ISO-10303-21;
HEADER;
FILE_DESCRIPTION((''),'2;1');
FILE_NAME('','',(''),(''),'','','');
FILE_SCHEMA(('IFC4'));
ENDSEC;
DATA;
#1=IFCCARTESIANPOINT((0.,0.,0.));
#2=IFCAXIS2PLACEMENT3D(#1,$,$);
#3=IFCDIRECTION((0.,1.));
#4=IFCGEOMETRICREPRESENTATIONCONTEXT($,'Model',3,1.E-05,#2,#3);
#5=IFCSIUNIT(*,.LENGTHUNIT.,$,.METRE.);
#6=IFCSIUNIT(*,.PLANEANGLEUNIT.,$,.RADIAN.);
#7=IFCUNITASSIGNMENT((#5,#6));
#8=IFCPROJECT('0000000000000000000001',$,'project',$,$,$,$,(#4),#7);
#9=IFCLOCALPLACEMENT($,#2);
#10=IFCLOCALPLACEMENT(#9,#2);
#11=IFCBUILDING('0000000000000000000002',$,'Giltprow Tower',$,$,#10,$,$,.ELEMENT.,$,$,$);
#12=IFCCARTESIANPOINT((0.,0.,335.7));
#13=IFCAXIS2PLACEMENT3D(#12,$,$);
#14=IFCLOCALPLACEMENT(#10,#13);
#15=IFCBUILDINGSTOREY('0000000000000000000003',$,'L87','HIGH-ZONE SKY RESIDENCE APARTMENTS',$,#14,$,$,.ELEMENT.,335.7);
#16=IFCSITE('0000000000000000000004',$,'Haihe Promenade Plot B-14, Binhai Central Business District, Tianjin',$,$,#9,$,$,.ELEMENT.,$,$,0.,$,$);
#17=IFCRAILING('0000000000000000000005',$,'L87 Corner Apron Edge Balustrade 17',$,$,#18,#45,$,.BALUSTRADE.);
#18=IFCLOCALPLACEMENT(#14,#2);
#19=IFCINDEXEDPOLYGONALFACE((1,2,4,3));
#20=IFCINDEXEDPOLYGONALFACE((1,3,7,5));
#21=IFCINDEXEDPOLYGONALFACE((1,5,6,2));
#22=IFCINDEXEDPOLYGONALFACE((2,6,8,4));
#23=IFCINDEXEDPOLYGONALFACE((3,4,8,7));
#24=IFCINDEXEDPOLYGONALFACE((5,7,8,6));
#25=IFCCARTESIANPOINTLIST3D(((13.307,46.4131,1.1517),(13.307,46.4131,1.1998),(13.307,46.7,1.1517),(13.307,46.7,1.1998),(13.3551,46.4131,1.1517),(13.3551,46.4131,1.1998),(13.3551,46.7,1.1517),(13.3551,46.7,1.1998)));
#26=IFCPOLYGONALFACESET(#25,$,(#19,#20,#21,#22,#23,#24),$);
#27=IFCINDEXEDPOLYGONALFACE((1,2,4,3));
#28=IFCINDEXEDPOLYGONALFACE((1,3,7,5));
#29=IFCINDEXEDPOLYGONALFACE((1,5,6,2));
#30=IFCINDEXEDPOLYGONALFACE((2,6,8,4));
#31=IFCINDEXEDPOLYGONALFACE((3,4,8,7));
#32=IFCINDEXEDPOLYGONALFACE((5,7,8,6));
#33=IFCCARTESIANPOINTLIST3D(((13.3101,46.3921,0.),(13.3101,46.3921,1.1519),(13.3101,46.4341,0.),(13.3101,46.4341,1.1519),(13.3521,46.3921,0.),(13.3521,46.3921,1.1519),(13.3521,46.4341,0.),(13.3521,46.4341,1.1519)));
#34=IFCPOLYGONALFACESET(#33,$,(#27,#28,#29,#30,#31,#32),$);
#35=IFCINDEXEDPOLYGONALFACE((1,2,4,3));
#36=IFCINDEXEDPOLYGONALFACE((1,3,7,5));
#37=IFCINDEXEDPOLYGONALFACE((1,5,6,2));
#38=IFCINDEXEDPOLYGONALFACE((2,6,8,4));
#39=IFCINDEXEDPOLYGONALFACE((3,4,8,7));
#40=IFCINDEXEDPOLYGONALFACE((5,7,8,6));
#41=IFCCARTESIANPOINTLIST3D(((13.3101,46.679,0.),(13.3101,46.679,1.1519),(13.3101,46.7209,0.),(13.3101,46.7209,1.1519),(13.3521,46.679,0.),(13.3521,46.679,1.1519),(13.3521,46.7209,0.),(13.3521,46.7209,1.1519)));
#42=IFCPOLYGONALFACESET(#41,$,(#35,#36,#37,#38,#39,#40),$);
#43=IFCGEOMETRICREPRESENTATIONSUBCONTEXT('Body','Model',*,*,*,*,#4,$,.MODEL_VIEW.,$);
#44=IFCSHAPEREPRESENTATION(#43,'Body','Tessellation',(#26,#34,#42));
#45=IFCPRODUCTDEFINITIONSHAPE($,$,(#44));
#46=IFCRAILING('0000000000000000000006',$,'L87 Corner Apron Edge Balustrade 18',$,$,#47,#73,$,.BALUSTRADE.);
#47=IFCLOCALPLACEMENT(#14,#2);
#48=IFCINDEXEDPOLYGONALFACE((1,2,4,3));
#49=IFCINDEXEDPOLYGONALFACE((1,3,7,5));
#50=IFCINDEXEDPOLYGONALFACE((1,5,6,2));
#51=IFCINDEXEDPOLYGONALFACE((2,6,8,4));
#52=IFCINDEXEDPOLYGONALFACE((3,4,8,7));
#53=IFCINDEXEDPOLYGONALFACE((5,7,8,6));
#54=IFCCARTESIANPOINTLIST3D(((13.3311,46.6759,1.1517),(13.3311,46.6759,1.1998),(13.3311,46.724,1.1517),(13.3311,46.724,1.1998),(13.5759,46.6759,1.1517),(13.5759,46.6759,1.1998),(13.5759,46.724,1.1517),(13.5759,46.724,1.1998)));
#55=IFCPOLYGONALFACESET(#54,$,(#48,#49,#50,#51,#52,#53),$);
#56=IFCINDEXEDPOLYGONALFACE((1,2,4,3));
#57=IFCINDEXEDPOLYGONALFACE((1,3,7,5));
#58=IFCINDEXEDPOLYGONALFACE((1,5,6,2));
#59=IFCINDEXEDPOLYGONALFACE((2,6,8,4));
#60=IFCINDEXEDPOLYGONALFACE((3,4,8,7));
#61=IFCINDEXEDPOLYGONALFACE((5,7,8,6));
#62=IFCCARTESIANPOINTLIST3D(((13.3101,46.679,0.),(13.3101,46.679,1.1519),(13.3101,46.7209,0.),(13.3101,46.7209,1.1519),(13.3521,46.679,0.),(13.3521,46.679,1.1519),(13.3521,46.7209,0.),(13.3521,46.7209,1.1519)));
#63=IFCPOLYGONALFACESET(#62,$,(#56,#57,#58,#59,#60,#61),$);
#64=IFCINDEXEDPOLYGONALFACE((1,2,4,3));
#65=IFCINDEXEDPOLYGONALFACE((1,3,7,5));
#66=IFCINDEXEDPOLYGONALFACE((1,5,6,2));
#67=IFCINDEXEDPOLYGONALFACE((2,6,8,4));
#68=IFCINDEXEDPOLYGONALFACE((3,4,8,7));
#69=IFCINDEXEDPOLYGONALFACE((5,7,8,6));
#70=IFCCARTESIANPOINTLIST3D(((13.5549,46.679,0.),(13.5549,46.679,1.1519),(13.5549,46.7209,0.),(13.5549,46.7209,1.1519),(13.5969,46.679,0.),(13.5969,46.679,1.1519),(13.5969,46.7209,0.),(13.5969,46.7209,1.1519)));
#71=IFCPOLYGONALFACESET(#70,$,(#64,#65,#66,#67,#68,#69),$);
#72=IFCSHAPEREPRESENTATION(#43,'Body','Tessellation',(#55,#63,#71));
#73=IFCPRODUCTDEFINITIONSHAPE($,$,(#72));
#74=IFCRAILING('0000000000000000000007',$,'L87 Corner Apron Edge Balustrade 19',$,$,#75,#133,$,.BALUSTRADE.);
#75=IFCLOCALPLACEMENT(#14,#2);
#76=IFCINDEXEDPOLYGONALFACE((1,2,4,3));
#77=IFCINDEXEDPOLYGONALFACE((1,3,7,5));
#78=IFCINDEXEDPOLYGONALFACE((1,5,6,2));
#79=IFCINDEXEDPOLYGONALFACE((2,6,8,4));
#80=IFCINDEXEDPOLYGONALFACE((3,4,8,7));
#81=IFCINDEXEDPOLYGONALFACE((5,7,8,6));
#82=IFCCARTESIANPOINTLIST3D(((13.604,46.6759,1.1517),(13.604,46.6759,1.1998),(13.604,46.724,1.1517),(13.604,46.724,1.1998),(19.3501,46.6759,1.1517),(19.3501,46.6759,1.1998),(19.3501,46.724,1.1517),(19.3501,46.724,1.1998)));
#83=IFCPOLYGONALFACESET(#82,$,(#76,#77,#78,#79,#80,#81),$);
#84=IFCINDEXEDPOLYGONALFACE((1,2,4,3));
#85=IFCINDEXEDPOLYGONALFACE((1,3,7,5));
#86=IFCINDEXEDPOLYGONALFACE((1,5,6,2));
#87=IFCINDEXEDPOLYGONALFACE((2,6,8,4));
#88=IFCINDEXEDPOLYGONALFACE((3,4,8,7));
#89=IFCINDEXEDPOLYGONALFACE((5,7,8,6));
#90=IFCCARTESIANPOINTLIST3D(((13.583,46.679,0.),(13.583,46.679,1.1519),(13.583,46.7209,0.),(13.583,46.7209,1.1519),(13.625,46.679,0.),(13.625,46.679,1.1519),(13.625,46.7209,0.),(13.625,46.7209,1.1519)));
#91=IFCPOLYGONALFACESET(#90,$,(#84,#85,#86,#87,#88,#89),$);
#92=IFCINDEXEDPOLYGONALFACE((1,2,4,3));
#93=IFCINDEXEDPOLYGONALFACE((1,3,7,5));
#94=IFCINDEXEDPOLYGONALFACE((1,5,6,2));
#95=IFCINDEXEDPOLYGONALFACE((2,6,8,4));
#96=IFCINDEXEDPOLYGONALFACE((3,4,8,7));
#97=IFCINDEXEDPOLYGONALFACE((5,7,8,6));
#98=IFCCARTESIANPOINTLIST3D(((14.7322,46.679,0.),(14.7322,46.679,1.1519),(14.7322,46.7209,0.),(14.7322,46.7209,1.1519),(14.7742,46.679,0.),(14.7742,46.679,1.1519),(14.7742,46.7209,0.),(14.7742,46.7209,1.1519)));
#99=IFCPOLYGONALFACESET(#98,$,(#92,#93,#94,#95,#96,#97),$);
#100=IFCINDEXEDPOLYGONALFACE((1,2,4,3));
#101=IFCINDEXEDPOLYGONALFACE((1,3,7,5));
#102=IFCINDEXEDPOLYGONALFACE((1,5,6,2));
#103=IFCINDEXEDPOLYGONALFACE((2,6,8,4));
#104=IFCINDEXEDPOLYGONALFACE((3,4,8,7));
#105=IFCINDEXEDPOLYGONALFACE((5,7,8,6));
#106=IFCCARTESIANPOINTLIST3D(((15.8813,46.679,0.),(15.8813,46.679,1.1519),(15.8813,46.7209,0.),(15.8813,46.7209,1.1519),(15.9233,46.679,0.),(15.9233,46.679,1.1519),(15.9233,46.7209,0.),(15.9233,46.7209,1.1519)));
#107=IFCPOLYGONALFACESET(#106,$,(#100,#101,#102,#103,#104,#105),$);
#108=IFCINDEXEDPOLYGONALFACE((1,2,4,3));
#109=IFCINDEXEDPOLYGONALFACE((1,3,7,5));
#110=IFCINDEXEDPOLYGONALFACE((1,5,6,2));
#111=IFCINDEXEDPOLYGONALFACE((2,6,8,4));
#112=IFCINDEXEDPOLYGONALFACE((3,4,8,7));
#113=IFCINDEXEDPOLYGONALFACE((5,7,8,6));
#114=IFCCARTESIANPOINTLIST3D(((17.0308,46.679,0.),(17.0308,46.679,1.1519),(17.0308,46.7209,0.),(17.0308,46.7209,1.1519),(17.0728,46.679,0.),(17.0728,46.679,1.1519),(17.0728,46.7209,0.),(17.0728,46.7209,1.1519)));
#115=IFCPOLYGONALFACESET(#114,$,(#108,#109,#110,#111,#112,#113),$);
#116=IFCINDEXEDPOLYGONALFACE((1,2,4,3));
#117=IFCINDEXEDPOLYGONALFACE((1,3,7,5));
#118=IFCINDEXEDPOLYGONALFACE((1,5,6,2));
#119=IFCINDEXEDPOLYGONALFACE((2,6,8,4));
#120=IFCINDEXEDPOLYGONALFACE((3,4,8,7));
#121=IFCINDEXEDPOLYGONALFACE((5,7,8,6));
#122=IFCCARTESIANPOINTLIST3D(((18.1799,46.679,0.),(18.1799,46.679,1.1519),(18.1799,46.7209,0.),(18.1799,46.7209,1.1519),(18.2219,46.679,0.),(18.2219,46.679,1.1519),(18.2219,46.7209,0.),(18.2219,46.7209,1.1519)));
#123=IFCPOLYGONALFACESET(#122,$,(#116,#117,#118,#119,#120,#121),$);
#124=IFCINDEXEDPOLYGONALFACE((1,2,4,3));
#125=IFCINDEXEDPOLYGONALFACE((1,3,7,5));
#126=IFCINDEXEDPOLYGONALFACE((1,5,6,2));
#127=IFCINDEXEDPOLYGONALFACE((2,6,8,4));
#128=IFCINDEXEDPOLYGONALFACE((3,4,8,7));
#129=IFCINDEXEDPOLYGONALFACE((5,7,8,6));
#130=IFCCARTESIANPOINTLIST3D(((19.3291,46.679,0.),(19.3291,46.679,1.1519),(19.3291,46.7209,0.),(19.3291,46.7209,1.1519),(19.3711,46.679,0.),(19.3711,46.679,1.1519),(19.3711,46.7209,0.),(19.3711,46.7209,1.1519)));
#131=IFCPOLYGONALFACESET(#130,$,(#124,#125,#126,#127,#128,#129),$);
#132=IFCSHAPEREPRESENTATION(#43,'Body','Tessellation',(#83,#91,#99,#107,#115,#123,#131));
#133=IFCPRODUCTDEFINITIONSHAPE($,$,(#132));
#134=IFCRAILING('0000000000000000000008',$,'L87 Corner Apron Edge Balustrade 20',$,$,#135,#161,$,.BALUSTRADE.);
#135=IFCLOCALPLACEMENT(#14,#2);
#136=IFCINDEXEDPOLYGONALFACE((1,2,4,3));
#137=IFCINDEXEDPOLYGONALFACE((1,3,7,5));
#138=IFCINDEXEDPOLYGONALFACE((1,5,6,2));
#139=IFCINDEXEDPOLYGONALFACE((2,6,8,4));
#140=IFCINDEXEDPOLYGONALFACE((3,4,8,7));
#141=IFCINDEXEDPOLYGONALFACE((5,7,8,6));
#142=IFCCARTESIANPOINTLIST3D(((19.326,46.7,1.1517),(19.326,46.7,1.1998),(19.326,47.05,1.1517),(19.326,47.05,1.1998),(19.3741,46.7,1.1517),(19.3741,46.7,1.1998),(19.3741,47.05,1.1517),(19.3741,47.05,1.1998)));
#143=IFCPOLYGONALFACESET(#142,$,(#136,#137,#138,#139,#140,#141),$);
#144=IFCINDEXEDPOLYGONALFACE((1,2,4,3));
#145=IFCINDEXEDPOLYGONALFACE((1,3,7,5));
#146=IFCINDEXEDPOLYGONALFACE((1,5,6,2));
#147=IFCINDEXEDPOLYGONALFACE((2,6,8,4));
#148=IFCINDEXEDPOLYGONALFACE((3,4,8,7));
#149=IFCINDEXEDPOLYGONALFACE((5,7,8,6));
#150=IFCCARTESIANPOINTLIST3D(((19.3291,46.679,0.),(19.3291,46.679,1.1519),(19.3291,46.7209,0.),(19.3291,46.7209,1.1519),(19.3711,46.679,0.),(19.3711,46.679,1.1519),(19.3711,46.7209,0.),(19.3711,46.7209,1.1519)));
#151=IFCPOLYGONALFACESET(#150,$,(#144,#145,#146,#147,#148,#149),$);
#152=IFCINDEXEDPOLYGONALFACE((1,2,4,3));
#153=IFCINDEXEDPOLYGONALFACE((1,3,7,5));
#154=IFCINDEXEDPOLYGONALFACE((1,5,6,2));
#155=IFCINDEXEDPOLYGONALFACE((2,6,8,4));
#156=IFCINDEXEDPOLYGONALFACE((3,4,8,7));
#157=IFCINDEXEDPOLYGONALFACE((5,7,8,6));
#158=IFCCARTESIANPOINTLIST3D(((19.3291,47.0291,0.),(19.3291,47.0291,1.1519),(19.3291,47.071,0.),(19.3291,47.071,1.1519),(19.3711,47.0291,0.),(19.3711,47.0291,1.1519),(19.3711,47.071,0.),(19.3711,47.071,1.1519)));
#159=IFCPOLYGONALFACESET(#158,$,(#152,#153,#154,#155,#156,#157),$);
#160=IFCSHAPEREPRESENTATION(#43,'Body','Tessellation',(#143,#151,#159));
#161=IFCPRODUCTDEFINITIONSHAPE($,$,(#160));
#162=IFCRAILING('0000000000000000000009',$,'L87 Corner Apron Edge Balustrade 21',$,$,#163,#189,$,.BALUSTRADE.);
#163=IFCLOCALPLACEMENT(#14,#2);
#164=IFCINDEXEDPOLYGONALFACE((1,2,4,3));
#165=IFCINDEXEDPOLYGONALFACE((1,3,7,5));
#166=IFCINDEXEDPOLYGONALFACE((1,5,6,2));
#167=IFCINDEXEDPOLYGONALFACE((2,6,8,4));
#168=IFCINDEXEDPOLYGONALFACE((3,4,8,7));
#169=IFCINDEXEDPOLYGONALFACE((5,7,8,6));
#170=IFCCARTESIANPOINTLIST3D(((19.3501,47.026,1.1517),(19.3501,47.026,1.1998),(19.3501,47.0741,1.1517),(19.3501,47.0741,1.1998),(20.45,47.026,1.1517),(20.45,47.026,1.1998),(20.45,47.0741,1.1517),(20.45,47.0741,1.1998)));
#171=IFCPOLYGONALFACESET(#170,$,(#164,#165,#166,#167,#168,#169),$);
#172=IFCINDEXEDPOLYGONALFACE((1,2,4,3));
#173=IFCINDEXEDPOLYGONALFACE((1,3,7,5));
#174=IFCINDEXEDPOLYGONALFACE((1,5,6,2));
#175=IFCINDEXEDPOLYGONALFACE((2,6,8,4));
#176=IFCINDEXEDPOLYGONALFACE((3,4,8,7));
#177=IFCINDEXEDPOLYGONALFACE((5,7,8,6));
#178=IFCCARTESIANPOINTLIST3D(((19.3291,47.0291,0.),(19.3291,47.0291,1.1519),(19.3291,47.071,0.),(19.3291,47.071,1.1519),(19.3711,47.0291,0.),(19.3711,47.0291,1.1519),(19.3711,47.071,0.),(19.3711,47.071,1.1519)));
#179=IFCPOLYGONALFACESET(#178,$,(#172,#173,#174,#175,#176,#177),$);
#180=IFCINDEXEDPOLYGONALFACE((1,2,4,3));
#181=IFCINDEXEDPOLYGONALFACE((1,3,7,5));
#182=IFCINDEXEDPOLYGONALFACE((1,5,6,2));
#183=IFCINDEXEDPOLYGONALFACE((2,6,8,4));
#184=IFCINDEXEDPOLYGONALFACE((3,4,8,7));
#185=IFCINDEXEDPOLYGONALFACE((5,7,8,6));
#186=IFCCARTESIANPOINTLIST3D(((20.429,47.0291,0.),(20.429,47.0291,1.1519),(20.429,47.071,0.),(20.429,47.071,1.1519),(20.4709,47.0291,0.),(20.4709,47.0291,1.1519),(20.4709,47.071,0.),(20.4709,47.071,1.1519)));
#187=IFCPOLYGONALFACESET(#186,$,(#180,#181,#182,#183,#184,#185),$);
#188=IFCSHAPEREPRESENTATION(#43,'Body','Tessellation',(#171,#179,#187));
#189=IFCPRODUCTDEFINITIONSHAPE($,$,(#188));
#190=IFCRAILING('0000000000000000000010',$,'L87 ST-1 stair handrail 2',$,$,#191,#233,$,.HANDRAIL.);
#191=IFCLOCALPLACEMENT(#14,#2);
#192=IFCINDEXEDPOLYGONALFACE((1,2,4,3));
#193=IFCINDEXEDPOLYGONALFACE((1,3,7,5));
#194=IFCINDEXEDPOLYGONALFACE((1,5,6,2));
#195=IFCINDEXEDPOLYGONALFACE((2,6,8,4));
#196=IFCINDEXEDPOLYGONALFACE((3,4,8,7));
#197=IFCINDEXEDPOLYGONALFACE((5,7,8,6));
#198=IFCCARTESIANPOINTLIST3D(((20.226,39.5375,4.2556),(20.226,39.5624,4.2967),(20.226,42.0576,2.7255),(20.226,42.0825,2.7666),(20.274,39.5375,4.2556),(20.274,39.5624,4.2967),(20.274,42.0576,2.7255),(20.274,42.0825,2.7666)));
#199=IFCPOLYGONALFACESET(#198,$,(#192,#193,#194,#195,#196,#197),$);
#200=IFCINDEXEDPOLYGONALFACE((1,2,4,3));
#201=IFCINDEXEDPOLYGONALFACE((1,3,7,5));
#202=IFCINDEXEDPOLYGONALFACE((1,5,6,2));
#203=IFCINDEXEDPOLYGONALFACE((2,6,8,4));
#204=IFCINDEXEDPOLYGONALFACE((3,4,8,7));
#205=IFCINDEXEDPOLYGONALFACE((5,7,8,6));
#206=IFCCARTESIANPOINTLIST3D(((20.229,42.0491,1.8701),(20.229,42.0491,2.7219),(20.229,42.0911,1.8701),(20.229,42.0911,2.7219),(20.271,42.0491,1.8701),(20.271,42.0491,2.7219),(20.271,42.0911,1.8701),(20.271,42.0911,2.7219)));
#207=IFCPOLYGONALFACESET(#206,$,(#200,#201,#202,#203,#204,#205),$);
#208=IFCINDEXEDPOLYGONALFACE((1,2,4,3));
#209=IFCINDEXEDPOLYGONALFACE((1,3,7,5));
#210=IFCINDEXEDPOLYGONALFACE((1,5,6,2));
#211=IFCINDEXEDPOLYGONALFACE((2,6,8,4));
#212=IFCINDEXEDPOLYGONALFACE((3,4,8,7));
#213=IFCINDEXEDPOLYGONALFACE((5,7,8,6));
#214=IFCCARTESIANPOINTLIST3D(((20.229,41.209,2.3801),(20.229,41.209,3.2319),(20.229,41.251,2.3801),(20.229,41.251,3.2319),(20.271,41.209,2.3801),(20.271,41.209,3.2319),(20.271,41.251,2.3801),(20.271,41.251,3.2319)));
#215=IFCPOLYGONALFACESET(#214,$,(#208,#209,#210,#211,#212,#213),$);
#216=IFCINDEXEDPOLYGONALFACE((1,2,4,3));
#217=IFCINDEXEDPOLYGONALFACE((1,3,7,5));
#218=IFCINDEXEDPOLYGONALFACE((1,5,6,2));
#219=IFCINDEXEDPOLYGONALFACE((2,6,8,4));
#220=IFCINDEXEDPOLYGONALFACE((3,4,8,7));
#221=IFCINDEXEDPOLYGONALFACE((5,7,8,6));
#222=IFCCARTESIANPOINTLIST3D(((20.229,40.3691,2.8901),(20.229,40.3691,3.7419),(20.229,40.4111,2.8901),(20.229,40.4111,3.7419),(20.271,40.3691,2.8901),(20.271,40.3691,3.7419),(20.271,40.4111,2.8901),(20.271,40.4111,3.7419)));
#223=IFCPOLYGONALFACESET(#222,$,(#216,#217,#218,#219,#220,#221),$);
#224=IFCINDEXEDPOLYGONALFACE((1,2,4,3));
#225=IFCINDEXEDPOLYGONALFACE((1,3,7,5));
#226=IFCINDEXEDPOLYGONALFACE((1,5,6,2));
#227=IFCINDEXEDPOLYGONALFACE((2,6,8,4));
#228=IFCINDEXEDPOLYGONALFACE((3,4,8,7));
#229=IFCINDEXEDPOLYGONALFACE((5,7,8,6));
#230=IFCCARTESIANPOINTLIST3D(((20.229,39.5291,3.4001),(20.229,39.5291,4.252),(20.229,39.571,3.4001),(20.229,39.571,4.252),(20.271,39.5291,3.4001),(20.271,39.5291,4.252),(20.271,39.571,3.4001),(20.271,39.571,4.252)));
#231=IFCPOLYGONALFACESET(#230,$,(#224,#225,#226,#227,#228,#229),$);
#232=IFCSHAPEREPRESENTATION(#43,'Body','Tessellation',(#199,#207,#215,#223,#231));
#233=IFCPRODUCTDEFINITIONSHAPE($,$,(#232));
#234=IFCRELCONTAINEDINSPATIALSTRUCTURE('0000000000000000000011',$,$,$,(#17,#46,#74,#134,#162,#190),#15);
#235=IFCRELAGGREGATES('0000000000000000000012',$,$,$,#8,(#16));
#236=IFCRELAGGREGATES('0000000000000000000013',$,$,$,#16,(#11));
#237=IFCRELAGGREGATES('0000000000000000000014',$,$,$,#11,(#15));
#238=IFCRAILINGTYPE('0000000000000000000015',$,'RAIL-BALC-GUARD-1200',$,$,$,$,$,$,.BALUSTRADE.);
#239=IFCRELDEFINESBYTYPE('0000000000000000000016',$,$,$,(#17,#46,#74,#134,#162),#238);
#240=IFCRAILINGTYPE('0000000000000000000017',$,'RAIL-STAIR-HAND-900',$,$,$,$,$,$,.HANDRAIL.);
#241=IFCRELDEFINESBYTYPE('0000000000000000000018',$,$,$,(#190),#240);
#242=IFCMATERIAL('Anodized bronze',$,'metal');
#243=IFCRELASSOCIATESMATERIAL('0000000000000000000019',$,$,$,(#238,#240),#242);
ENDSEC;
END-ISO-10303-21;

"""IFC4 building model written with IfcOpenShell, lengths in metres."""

from ifc_helpers import new_model, si_unit, direction, frame, origin, origin_2d, place, context, subcontext, project, spatial, rectangle, extrude, material, type_object, element, save


model = new_model("IFC4")

# Units and contexts
model_context = context("Model", 3, precision=1e-05, world=origin(), true_north=direction((0.0, 1.0)))
body_context = subcontext(model_context, "Body", "Model", "MODEL_VIEW")
ifc_project = project(units=[si_unit("LENGTHUNIT", "METRE"), si_unit("PLANEANGLEUNIT", "RADIAN")], contexts=[model_context])

# Site, building, storey
site_placement = place(None, origin())
site = spatial("IfcSite", under=ifc_project, at=site_placement, Name="Haihe Promenade Plot B-14, Binhai Central Business District, Tianjin", CompositionType="ELEMENT", RefElevation=0.0)
building_placement = place(site_placement, origin())
building = spatial("IfcBuilding", under=site, at=building_placement, Name="Giltprow Tower", CompositionType="ELEMENT")
storey_placement = place(building_placement, frame((0.0, 0.0, 335.7)))
storey = spatial("IfcBuildingStorey", under=building, at=storey_placement, Name="L87", Description="HIGH-ZONE SKY RESIDENCE APARTMENTS", CompositionType="ELEMENT", Elevation=335.7)

# Railings
ifc_material_1 = material(Name="Anodized bronze", Category="metal")
railing_type_1 = type_object("IfcRailingType", Name="RAIL-BALC-GUARD-1200", PredefinedType="BALUSTRADE", material=ifc_material_1)
railing_1_placement = place(storey_placement, frame((13.3311, 46.4131, 0.0)))
element("IfcRailing", 1, at=railing_1_placement, inside=storey, type_object=railing_type_1, Name="L87 Corner Apron Edge Balustrade 17", PredefinedType="BALUSTRADE", context=body_context, shape_type="SweptSolid", body=[
    extrude(rectangle(XDim=0.0481, YDim=0.0481, at=origin_2d()), frame((0.0, 0.0, 1.1758), z_axis=(0.0, 1.0, 0.0), x_axis=(-1.0, 0.0, 0.0)), (0.0, 0.0, 1.0), 0.2869),
    extrude(rectangle(XDim=0.042, YDim=0.042, at=origin_2d()), origin(), (0.0, 0.0, 1.0), 1.1519),
    extrude(rectangle(XDim=0.042, YDim=0.042, at=origin_2d()), frame((0.0, 0.2869, 0.0)), (0.0, 0.0, 1.0), 1.1519),
])
railing_2_placement = place(storey_placement, frame((13.3311, 46.7, 0.0)))
element("IfcRailing", 2, at=railing_2_placement, inside=storey, type_object=railing_type_1, Name="L87 Corner Apron Edge Balustrade 18", PredefinedType="BALUSTRADE", context=body_context, shape_type="SweptSolid", body=[
    extrude(rectangle(XDim=0.0481, YDim=0.0481, at=origin_2d()), frame((0.0, 0.0, 1.1758), z_axis=(1.0, 0.0, 0.0), x_axis=(0.0, 1.0, 0.0)), (0.0, 0.0, 1.0), 0.2449),
    extrude(rectangle(XDim=0.042, YDim=0.042, at=origin_2d()), origin(), (0.0, 0.0, 1.0), 1.1519),
    extrude(rectangle(XDim=0.042, YDim=0.042, at=origin_2d()), frame((0.2449, 0.0, 0.0)), (0.0, 0.0, 1.0), 1.1519),
])
railing_3_placement = place(storey_placement, frame((13.604, 46.7, 0.0)))
element("IfcRailing", 3, at=railing_3_placement, inside=storey, type_object=railing_type_1, Name="L87 Corner Apron Edge Balustrade 19", PredefinedType="BALUSTRADE", context=body_context, shape_type="SweptSolid", body=[
    extrude(rectangle(XDim=0.0481, YDim=0.0481, at=origin_2d()), frame((0.0, 0.0, 1.1758), z_axis=(1.0, 0.0, 0.0), x_axis=(0.0, 1.0, 0.0)), (0.0, 0.0, 1.0), 5.7461),
    extrude(rectangle(XDim=0.042, YDim=0.042, at=origin_2d()), origin(), (0.0, 0.0, 1.0), 1.1519),
    extrude(rectangle(XDim=0.042, YDim=0.042, at=origin_2d()), frame((1.1492, 0.0, 0.0)), (0.0, 0.0, 1.0), 1.1519),
    extrude(rectangle(XDim=0.042, YDim=0.042, at=origin_2d()), frame((2.2983, 0.0, 0.0)), (0.0, 0.0, 1.0), 1.1519),
    extrude(rectangle(XDim=0.042, YDim=0.042, at=origin_2d()), frame((3.4478, 0.0, 0.0)), (0.0, 0.0, 1.0), 1.1519),
    extrude(rectangle(XDim=0.042, YDim=0.042, at=origin_2d()), frame((4.5969, 0.0, 0.0)), (0.0, 0.0, 1.0), 1.1519),
    extrude(rectangle(XDim=0.042, YDim=0.042, at=origin_2d()), frame((5.7461, 0.0, 0.0)), (0.0, 0.0, 1.0), 1.1519),
])
railing_4_placement = place(storey_placement, frame((19.3501, 46.7, 0.0)))
element("IfcRailing", 4, at=railing_4_placement, inside=storey, type_object=railing_type_1, Name="L87 Corner Apron Edge Balustrade 20", PredefinedType="BALUSTRADE", context=body_context, shape_type="SweptSolid", body=[
    extrude(rectangle(XDim=0.0481, YDim=0.0481, at=origin_2d()), frame((0.0, 0.0, 1.1758), z_axis=(0.0, 1.0, 0.0), x_axis=(-1.0, 0.0, 0.0)), (0.0, 0.0, 1.0), 0.3501),
    extrude(rectangle(XDim=0.042, YDim=0.042, at=origin_2d()), origin(), (0.0, 0.0, 1.0), 1.1519),
    extrude(rectangle(XDim=0.042, YDim=0.042, at=origin_2d()), frame((0.0, 0.3501, 0.0)), (0.0, 0.0, 1.0), 1.1519),
])
railing_5_placement = place(storey_placement, frame((19.3501, 47.05, 0.0)))
element("IfcRailing", 5, at=railing_5_placement, inside=storey, type_object=railing_type_1, Name="L87 Corner Apron Edge Balustrade 21", PredefinedType="BALUSTRADE", context=body_context, shape_type="SweptSolid", body=[
    extrude(rectangle(XDim=0.0481, YDim=0.0481, at=origin_2d()), frame((0.0, 0.0, 1.1758), z_axis=(1.0, 0.0, 0.0), x_axis=(0.0, 1.0, 0.0)), (0.0, 0.0, 1.0), 1.0999),
    extrude(rectangle(XDim=0.042, YDim=0.042, at=origin_2d()), origin(), (0.0, 0.0, 1.0), 1.1519),
    extrude(rectangle(XDim=0.042, YDim=0.042, at=origin_2d()), frame((1.0999, 0.0, 0.0)), (0.0, 0.0, 1.0), 1.1519),
])
railing_type_2 = type_object("IfcRailingType", Name="RAIL-STAIR-HAND-900", PredefinedType="HANDRAIL", material=ifc_material_1)
railing_6_placement = place(storey_placement, frame((20.25, 42.0701, 1.8701)))
element("IfcRailing", 6, at=railing_6_placement, inside=storey, type_object=railing_type_2, Name="L87 ST-1 stair handrail 2", PredefinedType="HANDRAIL", context=body_context, shape_type="SweptSolid", body=[
    extrude(rectangle(XDim=0.0481, YDim=0.0481, at=origin_2d()), frame((0.0, 0.0, 0.876), z_axis=(0.0, -0.854785, 0.518982), x_axis=(1.0, 0.0, 0.0)), (0.0, 0.0, 1.0), 2.9482),
    extrude(rectangle(XDim=0.042, YDim=0.042, at=origin_2d()), origin(), (0.0, 0.0, 1.0), 0.8518),
    extrude(rectangle(XDim=0.042, YDim=0.042, at=origin_2d()), frame((0.0, -0.8401, 0.51)), (0.0, 0.0, 1.0), 0.8518),
    extrude(rectangle(XDim=0.042, YDim=0.042, at=origin_2d()), frame((0.0, -1.6799, 1.02)), (0.0, 0.0, 1.0), 0.8518),
    extrude(rectangle(XDim=0.042, YDim=0.042, at=origin_2d()), frame((0.0, -2.52, 1.53)), (0.0, 0.0, 1.0), 0.8518),
])

save(model, "model.ifc")
